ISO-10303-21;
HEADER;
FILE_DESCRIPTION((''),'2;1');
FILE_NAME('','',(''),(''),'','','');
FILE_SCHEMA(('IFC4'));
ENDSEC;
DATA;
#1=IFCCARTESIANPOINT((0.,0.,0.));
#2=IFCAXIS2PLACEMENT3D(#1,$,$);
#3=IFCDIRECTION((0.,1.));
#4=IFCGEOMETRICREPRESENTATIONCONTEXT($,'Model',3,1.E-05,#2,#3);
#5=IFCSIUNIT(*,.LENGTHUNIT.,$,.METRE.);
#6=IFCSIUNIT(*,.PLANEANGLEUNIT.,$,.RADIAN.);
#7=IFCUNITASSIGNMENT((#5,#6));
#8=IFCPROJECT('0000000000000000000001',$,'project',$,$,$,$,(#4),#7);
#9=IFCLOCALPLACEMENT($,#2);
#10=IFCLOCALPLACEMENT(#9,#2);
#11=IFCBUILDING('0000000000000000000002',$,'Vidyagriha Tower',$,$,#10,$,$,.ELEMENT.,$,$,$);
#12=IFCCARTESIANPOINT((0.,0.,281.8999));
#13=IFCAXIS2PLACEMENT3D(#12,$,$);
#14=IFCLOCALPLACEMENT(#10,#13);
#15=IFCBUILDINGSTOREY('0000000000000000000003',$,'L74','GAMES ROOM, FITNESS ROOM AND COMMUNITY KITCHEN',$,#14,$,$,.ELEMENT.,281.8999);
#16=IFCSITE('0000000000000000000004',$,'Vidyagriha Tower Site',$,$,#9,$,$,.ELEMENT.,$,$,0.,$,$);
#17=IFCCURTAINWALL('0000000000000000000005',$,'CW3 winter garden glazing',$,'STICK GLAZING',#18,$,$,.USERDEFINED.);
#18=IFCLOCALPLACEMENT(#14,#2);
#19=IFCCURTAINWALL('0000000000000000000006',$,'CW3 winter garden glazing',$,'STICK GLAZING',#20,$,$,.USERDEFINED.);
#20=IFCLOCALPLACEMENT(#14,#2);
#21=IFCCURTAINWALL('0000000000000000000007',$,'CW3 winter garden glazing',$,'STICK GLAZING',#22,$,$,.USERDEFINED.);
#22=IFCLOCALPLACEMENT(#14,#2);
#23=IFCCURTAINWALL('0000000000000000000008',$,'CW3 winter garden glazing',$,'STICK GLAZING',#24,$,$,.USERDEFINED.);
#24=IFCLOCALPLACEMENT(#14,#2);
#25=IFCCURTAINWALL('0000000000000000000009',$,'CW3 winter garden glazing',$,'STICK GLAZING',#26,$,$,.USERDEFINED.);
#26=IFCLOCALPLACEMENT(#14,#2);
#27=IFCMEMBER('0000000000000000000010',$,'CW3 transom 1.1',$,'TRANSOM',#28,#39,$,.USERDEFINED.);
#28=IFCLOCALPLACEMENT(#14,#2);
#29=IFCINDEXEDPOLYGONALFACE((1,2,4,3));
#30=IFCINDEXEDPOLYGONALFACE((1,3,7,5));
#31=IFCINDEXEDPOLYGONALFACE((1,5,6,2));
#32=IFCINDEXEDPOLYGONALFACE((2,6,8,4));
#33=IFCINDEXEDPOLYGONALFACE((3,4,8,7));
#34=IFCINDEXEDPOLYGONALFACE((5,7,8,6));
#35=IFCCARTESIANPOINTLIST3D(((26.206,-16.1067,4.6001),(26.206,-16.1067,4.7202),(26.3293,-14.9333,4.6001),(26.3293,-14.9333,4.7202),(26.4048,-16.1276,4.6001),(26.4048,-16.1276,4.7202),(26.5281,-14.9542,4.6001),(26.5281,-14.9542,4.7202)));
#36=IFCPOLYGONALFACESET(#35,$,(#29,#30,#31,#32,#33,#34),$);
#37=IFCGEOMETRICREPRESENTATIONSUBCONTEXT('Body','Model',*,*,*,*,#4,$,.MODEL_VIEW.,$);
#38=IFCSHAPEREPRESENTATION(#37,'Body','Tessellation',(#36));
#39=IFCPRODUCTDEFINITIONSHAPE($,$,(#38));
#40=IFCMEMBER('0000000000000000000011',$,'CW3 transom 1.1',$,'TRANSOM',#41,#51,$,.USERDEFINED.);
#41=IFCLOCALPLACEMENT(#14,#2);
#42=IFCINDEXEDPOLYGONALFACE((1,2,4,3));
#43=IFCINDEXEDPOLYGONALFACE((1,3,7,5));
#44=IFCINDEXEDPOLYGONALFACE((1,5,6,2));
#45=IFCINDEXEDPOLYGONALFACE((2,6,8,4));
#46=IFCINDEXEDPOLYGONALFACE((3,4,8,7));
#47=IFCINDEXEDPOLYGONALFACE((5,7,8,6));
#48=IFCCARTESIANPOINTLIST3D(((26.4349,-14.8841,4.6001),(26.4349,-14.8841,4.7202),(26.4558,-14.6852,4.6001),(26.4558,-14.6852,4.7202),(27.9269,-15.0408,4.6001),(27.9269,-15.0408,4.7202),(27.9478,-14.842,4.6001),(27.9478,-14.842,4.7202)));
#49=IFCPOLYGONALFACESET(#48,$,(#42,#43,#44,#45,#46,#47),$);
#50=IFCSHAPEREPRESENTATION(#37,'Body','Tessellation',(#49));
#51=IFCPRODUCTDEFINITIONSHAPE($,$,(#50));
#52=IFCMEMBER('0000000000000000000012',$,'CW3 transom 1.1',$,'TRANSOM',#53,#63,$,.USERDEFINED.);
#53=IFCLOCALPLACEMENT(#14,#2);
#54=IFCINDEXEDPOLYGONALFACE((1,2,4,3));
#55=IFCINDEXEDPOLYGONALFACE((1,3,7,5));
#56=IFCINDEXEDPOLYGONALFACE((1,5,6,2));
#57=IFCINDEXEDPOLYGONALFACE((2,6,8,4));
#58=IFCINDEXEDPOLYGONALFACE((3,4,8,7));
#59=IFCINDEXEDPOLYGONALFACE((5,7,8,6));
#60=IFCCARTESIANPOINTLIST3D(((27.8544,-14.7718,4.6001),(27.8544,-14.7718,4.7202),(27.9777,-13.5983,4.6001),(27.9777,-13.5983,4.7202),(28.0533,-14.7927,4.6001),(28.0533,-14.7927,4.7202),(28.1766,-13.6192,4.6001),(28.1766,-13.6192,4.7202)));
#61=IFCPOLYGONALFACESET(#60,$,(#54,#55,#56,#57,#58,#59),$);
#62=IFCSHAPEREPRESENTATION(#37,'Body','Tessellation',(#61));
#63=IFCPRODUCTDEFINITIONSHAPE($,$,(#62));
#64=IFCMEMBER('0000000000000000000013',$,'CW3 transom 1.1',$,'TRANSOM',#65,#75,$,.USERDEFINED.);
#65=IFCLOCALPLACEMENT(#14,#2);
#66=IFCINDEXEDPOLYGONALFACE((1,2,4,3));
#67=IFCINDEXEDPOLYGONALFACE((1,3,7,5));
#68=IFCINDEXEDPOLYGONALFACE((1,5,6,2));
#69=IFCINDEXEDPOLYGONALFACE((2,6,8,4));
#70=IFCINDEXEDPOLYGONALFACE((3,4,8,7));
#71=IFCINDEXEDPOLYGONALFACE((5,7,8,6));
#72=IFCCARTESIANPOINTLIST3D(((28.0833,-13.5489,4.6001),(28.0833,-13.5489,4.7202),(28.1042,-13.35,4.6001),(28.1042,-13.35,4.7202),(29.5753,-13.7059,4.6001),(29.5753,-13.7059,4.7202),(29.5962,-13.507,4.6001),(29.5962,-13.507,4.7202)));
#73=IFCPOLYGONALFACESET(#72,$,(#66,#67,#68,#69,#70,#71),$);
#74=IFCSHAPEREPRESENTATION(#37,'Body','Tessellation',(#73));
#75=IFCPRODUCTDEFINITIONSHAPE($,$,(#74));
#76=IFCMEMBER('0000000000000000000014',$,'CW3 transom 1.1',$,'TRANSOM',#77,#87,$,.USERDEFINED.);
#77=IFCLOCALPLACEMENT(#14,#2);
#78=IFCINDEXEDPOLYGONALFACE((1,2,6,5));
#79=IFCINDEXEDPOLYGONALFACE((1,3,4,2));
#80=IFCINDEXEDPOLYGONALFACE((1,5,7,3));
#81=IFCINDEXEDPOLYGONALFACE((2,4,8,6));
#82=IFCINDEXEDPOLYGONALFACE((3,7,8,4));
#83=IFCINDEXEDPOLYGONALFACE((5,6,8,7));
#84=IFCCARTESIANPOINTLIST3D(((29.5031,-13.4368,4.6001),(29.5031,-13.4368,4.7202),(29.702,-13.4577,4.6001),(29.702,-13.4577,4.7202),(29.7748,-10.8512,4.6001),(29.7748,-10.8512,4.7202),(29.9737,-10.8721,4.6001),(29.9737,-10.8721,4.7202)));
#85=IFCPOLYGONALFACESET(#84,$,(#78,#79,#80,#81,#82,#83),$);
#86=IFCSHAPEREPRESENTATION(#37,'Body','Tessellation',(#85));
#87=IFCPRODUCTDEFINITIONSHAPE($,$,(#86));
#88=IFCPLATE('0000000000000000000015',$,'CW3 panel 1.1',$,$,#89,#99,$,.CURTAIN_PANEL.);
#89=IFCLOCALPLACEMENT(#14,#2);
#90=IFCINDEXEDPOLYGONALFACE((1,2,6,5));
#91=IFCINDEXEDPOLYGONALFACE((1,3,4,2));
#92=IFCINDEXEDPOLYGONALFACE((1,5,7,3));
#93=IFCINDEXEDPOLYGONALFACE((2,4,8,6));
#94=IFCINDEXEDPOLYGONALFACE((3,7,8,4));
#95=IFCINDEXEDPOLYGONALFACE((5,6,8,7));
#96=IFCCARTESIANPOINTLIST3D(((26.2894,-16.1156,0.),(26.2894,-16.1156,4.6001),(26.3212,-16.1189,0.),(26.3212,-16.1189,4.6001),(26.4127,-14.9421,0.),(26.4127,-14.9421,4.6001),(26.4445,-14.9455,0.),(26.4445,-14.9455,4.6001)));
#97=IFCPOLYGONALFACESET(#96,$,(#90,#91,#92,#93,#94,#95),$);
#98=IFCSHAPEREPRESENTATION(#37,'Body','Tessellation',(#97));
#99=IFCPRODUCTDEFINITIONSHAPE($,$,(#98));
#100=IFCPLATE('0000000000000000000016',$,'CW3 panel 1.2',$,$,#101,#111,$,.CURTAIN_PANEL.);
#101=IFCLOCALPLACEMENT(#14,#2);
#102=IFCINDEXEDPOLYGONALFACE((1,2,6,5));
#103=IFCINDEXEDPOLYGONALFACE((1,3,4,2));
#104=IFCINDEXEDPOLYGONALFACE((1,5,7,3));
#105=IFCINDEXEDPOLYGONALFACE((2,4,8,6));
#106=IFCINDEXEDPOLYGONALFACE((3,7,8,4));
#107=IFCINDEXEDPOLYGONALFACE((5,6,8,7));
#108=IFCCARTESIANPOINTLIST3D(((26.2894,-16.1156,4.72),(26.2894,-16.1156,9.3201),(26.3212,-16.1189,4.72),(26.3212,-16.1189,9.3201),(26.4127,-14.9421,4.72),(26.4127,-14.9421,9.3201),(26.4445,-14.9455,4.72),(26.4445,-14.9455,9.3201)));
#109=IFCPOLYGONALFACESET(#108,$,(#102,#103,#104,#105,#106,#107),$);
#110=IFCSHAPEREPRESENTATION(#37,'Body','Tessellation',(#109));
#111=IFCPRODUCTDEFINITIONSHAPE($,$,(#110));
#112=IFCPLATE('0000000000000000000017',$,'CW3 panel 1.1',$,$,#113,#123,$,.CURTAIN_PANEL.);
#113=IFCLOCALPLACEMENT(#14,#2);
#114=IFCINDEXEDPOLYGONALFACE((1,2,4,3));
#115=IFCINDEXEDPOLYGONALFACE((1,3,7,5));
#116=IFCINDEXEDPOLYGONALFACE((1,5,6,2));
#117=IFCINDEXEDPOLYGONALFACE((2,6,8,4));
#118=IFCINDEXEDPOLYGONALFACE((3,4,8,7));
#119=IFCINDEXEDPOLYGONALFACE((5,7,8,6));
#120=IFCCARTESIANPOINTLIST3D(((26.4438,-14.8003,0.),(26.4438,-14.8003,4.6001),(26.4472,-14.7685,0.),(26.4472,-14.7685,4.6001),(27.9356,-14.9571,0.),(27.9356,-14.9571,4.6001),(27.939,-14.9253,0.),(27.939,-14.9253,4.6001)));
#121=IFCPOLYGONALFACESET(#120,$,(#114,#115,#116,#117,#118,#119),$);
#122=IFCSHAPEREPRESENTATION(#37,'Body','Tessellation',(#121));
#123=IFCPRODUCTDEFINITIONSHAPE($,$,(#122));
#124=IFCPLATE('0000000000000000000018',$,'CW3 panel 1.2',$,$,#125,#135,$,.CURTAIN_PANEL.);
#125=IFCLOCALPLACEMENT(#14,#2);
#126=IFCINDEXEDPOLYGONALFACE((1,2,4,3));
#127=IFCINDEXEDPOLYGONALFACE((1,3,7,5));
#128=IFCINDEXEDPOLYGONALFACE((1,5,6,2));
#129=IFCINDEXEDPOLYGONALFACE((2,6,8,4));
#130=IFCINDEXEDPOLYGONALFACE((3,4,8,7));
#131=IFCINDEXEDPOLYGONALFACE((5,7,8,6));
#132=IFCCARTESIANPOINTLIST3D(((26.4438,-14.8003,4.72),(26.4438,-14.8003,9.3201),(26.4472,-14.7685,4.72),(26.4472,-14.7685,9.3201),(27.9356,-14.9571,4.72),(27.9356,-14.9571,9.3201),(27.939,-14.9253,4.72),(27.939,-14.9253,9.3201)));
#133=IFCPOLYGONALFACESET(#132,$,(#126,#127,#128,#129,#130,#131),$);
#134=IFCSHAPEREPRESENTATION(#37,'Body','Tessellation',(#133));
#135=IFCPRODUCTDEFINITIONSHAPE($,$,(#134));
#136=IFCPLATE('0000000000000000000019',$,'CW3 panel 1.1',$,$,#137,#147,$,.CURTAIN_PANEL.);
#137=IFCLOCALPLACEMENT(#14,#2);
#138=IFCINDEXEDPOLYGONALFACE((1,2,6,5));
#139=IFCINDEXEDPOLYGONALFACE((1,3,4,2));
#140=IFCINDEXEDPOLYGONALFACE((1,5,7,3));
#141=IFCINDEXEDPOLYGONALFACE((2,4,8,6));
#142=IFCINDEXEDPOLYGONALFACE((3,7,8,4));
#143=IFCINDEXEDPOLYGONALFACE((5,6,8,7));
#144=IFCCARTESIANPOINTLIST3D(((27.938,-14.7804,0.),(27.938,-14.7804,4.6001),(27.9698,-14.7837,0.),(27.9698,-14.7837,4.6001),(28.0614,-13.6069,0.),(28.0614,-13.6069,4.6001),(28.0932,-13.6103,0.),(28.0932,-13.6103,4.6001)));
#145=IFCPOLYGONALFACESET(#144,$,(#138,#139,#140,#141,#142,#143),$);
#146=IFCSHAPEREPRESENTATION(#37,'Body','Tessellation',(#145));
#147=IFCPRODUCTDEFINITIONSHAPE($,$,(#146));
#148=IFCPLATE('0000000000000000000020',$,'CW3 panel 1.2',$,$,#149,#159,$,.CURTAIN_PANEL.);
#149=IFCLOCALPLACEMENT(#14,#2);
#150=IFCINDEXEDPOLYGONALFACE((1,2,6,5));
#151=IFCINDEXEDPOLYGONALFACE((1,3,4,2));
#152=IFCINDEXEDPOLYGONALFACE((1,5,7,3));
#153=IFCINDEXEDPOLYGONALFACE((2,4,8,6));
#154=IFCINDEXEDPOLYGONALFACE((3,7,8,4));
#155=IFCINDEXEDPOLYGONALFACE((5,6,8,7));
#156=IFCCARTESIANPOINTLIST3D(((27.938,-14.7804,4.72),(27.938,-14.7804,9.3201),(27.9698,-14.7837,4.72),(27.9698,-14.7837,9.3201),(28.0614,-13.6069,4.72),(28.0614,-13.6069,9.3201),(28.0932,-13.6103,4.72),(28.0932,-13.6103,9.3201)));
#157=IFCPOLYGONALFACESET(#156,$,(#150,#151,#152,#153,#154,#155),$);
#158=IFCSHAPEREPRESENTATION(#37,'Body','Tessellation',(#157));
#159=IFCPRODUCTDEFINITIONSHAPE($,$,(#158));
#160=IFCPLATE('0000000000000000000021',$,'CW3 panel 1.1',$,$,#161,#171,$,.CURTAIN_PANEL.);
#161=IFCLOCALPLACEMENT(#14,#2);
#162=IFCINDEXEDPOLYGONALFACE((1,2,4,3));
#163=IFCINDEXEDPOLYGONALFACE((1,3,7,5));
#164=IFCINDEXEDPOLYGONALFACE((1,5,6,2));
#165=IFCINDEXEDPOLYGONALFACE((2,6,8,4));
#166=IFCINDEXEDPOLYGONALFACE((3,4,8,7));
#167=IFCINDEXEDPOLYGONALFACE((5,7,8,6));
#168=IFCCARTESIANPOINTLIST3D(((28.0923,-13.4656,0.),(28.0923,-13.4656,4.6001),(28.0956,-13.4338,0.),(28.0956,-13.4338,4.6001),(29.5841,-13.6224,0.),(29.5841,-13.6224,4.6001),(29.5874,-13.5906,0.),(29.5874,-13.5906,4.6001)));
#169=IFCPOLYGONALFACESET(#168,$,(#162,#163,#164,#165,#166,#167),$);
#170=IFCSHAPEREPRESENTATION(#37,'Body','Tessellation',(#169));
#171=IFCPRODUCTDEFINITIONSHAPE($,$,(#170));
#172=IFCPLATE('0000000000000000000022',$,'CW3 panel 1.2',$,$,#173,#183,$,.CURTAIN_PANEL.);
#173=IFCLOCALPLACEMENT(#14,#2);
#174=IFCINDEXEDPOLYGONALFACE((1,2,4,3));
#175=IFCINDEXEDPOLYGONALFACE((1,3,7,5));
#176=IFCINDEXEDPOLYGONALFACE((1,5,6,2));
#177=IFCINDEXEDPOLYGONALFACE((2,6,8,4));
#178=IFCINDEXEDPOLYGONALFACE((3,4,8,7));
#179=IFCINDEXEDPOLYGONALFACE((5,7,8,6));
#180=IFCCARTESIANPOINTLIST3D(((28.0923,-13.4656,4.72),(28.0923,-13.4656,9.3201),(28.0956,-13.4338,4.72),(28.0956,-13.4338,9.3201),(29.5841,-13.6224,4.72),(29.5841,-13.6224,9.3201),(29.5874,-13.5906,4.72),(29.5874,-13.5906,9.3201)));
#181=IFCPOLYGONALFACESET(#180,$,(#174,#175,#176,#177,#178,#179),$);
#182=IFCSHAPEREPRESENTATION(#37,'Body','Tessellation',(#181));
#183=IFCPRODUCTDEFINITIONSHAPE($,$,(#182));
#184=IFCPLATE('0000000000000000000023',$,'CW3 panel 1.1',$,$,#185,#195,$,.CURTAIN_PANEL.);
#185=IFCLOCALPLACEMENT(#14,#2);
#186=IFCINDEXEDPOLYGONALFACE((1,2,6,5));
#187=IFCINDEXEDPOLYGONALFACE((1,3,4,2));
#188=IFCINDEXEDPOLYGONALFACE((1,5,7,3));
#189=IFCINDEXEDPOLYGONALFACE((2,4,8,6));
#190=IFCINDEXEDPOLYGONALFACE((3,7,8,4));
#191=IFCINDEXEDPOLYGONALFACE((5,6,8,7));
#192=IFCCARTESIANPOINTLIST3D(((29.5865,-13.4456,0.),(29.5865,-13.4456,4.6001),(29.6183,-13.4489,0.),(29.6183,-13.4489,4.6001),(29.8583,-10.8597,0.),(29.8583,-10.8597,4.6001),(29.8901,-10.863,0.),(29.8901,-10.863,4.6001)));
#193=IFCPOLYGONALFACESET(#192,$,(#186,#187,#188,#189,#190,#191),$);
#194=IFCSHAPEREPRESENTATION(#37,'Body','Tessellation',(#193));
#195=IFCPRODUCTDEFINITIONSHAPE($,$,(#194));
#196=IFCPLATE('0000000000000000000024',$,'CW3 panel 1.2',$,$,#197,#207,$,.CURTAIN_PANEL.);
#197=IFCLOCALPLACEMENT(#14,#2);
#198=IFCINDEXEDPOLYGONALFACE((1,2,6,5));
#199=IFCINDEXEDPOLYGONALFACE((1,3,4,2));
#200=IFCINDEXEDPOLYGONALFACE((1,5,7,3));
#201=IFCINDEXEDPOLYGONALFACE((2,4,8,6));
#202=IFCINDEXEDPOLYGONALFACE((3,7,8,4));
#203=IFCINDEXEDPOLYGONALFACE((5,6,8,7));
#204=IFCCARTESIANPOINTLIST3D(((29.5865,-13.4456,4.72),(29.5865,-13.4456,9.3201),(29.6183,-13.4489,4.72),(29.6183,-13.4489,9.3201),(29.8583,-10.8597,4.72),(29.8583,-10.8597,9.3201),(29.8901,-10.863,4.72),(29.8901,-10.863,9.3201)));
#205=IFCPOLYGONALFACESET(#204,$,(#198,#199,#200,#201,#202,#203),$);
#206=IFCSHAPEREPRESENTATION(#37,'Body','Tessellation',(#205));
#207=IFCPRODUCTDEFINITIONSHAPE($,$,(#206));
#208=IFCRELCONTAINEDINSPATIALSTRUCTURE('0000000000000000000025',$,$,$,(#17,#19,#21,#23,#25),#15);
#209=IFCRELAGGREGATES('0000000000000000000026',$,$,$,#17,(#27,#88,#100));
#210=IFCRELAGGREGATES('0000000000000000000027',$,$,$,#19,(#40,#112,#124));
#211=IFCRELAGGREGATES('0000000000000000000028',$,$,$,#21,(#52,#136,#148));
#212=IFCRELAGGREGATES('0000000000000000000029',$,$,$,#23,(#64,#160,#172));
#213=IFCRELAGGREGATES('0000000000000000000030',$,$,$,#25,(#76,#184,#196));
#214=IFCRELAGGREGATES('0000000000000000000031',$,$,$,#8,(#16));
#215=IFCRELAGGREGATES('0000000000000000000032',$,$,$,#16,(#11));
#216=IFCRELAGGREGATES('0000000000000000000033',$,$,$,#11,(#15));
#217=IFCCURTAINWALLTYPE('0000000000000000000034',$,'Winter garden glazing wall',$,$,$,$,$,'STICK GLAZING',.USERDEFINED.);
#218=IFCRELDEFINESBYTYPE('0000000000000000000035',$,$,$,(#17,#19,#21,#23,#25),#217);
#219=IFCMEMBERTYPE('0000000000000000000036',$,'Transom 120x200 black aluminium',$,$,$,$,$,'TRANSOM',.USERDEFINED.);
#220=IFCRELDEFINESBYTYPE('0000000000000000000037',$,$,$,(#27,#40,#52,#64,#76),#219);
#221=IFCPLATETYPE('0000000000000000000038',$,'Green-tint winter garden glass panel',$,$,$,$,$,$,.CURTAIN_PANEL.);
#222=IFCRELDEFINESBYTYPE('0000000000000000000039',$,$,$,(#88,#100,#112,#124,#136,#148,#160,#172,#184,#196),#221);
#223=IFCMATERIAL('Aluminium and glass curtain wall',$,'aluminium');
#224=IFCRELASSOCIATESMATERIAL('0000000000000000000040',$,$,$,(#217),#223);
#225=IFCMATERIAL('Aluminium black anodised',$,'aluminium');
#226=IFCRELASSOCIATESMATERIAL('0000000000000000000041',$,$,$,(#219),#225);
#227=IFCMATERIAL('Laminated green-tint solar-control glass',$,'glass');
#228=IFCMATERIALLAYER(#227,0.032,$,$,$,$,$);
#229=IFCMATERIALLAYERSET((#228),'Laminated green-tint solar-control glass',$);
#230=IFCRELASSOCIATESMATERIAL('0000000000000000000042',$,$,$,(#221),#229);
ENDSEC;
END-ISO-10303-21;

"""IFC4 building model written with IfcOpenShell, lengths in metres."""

from ifc_helpers import new_model, si_unit, direction, frame, origin, origin_2d, place, context, subcontext, project, spatial, rectangle, extrude, material, layer, layer_set, material_profile, profile_set, type_object, element, aggregate, save


model = new_model("IFC4")

# Units and contexts
model_context = context("Model", 3, precision=1e-05, world=origin(), true_north=direction((0.0, 1.0)))
body_context = subcontext(model_context, "Body", "Model", "MODEL_VIEW")
ifc_project = project(units=[si_unit("LENGTHUNIT", "METRE"), si_unit("PLANEANGLEUNIT", "RADIAN")], contexts=[model_context])

# Site, building, storey
site_placement = place(None, origin())
site = spatial("IfcSite", under=ifc_project, at=site_placement, Name="Vidyagriha Tower Site", CompositionType="ELEMENT", RefElevation=0.0)
building_placement = place(site_placement, origin())
building = spatial("IfcBuilding", under=site, at=building_placement, Name="Vidyagriha Tower", CompositionType="ELEMENT")
storey_placement = place(building_placement, frame((0.0, 0.0, 281.8999)))
storey = spatial("IfcBuildingStorey", under=building, at=storey_placement, Name="L74", Description="GAMES ROOM, FITNESS ROOM AND COMMUNITY KITCHEN", CompositionType="ELEMENT", Elevation=281.8999)

# Curtain wall
ifc_material_1 = material(Name="Aluminium and glass curtain wall", Category="aluminium")
curtain_wall_type = type_object("IfcCurtainWallType", Name="Winter garden glazing wall", ElementType="STICK GLAZING", PredefinedType="USERDEFINED", material=ifc_material_1)
curtain_wall_1_placement = place(storey_placement, origin())
curtain_wall_1 = element("IfcCurtainWall", 1, at=curtain_wall_1_placement, inside=storey, type_object=curtain_wall_type, Name="CW3 winter garden glazing", ObjectType="STICK GLAZING", PredefinedType="USERDEFINED")

# Curtain walls
curtain_wall_2_placement = place(storey_placement, origin())
curtain_wall_2 = element("IfcCurtainWall", 2, at=curtain_wall_2_placement, inside=storey, type_object=curtain_wall_type, Name="CW3 winter garden glazing", ObjectType="STICK GLAZING", PredefinedType="USERDEFINED")
curtain_wall_3_placement = place(storey_placement, origin())
curtain_wall_3 = element("IfcCurtainWall", 3, at=curtain_wall_3_placement, inside=storey, type_object=curtain_wall_type, Name="CW3 winter garden glazing", ObjectType="STICK GLAZING", PredefinedType="USERDEFINED")
curtain_wall_4_placement = place(storey_placement, origin())
curtain_wall_4 = element("IfcCurtainWall", 4, at=curtain_wall_4_placement, inside=storey, type_object=curtain_wall_type, Name="CW3 winter garden glazing", ObjectType="STICK GLAZING", PredefinedType="USERDEFINED")
curtain_wall_5_placement = place(storey_placement, origin())
curtain_wall_5 = element("IfcCurtainWall", 5, at=curtain_wall_5_placement, inside=storey, type_object=curtain_wall_type, Name="CW3 winter garden glazing", ObjectType="STICK GLAZING", PredefinedType="USERDEFINED")

# Members
ifc_material_2 = material(Name="Aluminium black anodised", Category="aluminium")
ifc_material_profile_1 = material_profile(ifc_material_2, rectangle(XDim=0.2, YDim=0.1201, at=origin_2d()), Name="Transom 120x200 black aluminium")
ifc_profile_set_1 = profile_set([ifc_material_profile_1], Name="Aluminium black anodised")
member_type_1 = type_object("IfcMemberType", Name="Transom 120x200 black aluminium", ElementType="TRANSOM", PredefinedType="USERDEFINED", material=ifc_profile_set_1)
member_1_placement = place(storey_placement, frame((26.3054, -16.1172, 4.6602), z_axis=(0.10448, 0.994527, 0.0), x_axis=(-0.994527, 0.10448, 0.0)))
member_1 = element("IfcMember", 6, at=member_1_placement, type_object=member_type_1, Name="CW3 transom 1.1", ObjectType="TRANSOM", PredefinedType="USERDEFINED", context=body_context, shape_type="SweptSolid", body=[
    extrude(rectangle(XDim=0.2, YDim=0.1201, at=origin_2d()), origin(), (0.0, 0.0, 1.0), 1.1799),
])
member_2_placement = place(storey_placement, frame((26.4453, -14.7847, 4.6602), z_axis=(0.994527, -0.104481, 0.0), x_axis=(0.104481, 0.994527, 0.0)))
member_2 = element("IfcMember", 7, at=member_2_placement, type_object=member_type_1, Name="CW3 transom 1.1", ObjectType="TRANSOM", PredefinedType="USERDEFINED", context=body_context, shape_type="SweptSolid", body=[
    extrude(rectangle(XDim=0.2, YDim=0.1201, at=origin_2d()), origin(), (0.0, 0.0, 1.0), 1.5002),
])
member_3_placement = place(storey_placement, frame((27.9539, -14.7822, 4.6602), z_axis=(0.10448, 0.994527, 0.0), x_axis=(-0.994527, 0.10448, 0.0)))
member_3 = element("IfcMember", 8, at=member_3_placement, type_object=member_type_1, Name="CW3 transom 1.1", ObjectType="TRANSOM", PredefinedType="USERDEFINED", context=body_context, shape_type="SweptSolid", body=[
    extrude(rectangle(XDim=0.2, YDim=0.1201, at=origin_2d()), origin(), (0.0, 0.0, 1.0), 1.1799),
])
member_4_placement = place(storey_placement, frame((28.0938, -13.4495, 4.6602), z_axis=(0.99451, -0.104642, 0.0), x_axis=(0.104642, 0.99451, 0.0)))
member_4 = element("IfcMember", 9, at=member_4_placement, type_object=member_type_1, Name="CW3 transom 1.1", ObjectType="TRANSOM", PredefinedType="USERDEFINED", context=body_context, shape_type="SweptSolid", body=[
    extrude(rectangle(XDim=0.2, YDim=0.1201, at=origin_2d()), origin(), (0.0, 0.0, 1.0), 1.5002),
])
member_5_placement = place(storey_placement, frame((29.6025, -13.4473, 4.6602), z_axis=(0.104514, 0.994523, 0.0), x_axis=(-0.994523, 0.104514, 0.0)))
member_5 = element("IfcMember", 10, at=member_5_placement, type_object=member_type_1, Name="CW3 transom 1.1", ObjectType="TRANSOM", PredefinedType="USERDEFINED", context=body_context, shape_type="SweptSolid", body=[
    extrude(rectangle(XDim=0.2, YDim=0.1201, at=origin_2d()), origin(), (0.0, 0.0, 1.0), 2.5999),
])

# Plates
ifc_material_3 = material(Name="Laminated green-tint solar-control glass", Category="glass")
ifc_layer_1 = layer(ifc_material_3, 0.032)
ifc_layer_set_1 = layer_set([ifc_layer_1], Name="Laminated green-tint solar-control glass")
plate_type = type_object("IfcPlateType", Name="Green-tint winter garden glass panel", PredefinedType="CURTAIN_PANEL", material=ifc_layer_set_1)
plate_1_placement = place(storey_placement, frame((26.3669, -15.5305, 0.0), z_axis=(0.0, 0.0, 1.0), x_axis=(0.104549, 0.99452, 0.0)))
plate_1 = element("IfcPlate", 11, at=plate_1_placement, type_object=plate_type, Name="CW3 panel 1.1", PredefinedType="CURTAIN_PANEL", context=body_context, shape_type="SweptSolid", body=[
    extrude(rectangle(XDim=1.1799, YDim=0.032, at=origin_2d()), origin(), (0.0, 0.0, 1.0), 4.6001),
])
plate_2_placement = place(storey_placement, frame((26.3669, -15.5305, 4.72), z_axis=(0.0, 0.0, 1.0), x_axis=(0.104549, 0.99452, 0.0)))
plate_2 = element("IfcPlate", 12, at=plate_2_placement, type_object=plate_type, Name="CW3 panel 1.2", PredefinedType="CURTAIN_PANEL", context=body_context, shape_type="SweptSolid", body=[
    extrude(rectangle(XDim=1.1799, YDim=0.032, at=origin_2d()), origin(), (0.0, 0.0, 1.0), 4.6001),
])
aggregate(curtain_wall_1, [member_1, plate_1, plate_2])
plate_3_placement = place(storey_placement, frame((27.1914, -14.8628, 0.0), z_axis=(0.0, 0.0, 1.0), x_axis=(0.994523, -0.104519, 0.0)))
plate_3 = element("IfcPlate", 13, at=plate_3_placement, type_object=plate_type, Name="CW3 panel 1.1", PredefinedType="CURTAIN_PANEL", context=body_context, shape_type="SweptSolid", body=[
    extrude(rectangle(XDim=1.5, YDim=0.032, at=origin_2d()), origin(), (0.0, 0.0, 1.0), 4.6001),
])
plate_4_placement = place(storey_placement, frame((27.1914, -14.8628, 4.72), z_axis=(0.0, 0.0, 1.0), x_axis=(0.994523, -0.104519, 0.0)))
plate_4 = element("IfcPlate", 14, at=plate_4_placement, type_object=plate_type, Name="CW3 panel 1.2", PredefinedType="CURTAIN_PANEL", context=body_context, shape_type="SweptSolid", body=[
    extrude(rectangle(XDim=1.5, YDim=0.032, at=origin_2d()), origin(), (0.0, 0.0, 1.0), 4.6001),
])
aggregate(curtain_wall_2, [member_2, plate_3, plate_4])
plate_5_placement = place(storey_placement, frame((28.0156, -14.1953, 0.0), z_axis=(0.0, 0.0, 1.0), x_axis=(0.104549, 0.99452, 0.0)))
plate_5 = element("IfcPlate", 15, at=plate_5_placement, type_object=plate_type, Name="CW3 panel 1.1", PredefinedType="CURTAIN_PANEL", context=body_context, shape_type="SweptSolid", body=[
    extrude(rectangle(XDim=1.1799, YDim=0.032, at=origin_2d()), origin(), (0.0, 0.0, 1.0), 4.6001),
])
plate_6_placement = place(storey_placement, frame((28.0156, -14.1953, 4.72), z_axis=(0.0, 0.0, 1.0), x_axis=(0.104549, 0.99452, 0.0)))
plate_6 = element("IfcPlate", 16, at=plate_6_placement, type_object=plate_type, Name="CW3 panel 1.2", PredefinedType="CURTAIN_PANEL", context=body_context, shape_type="SweptSolid", body=[
    extrude(rectangle(XDim=1.1799, YDim=0.032, at=origin_2d()), origin(), (0.0, 0.0, 1.0), 4.6001),
])
aggregate(curtain_wall_3, [member_3, plate_5, plate_6])
plate_7_placement = place(storey_placement, frame((28.8398, -13.5281, 0.0), z_axis=(0.0, 0.0, 1.0), x_axis=(0.994524, -0.104512, 0.0)))
plate_7 = element("IfcPlate", 17, at=plate_7_placement, type_object=plate_type, Name="CW3 panel 1.1", PredefinedType="CURTAIN_PANEL", context=body_context, shape_type="SweptSolid", body=[
    extrude(rectangle(XDim=1.5, YDim=0.032, at=origin_2d()), origin(), (0.0, 0.0, 1.0), 4.6001),
])
plate_8_placement = place(storey_placement, frame((28.8398, -13.5281, 4.72), z_axis=(0.0, 0.0, 1.0), x_axis=(0.994524, -0.104512, 0.0)))
plate_8 = element("IfcPlate", 18, at=plate_8_placement, type_object=plate_type, Name="CW3 panel 1.2", PredefinedType="CURTAIN_PANEL", context=body_context, shape_type="SweptSolid", body=[
    extrude(rectangle(XDim=1.5, YDim=0.032, at=origin_2d()), origin(), (0.0, 0.0, 1.0), 4.6001),
])
aggregate(curtain_wall_4, [member_4, plate_7, plate_8])
plate_9_placement = place(storey_placement, frame((29.7383, -12.1543, 0.0), z_axis=(0.0, 0.0, 1.0), x_axis=(0.104527, 0.994522, 0.0)))
plate_9 = element("IfcPlate", 19, at=plate_9_placement, type_object=plate_type, Name="CW3 panel 1.1", PredefinedType="CURTAIN_PANEL", context=body_context, shape_type="SweptSolid", body=[
    extrude(rectangle(XDim=2.6001, YDim=0.032, at=origin_2d()), origin(), (0.0, 0.0, 1.0), 4.6001),
])
plate_10_placement = place(storey_placement, frame((29.7383, -12.1543, 4.72), z_axis=(0.0, 0.0, 1.0), x_axis=(0.104527, 0.994522, 0.0)))
plate_10 = element("IfcPlate", 20, at=plate_10_placement, type_object=plate_type, Name="CW3 panel 1.2", PredefinedType="CURTAIN_PANEL", context=body_context, shape_type="SweptSolid", body=[
    extrude(rectangle(XDim=2.6001, YDim=0.032, at=origin_2d()), origin(), (0.0, 0.0, 1.0), 4.6001),
])
aggregate(curtain_wall_5, [member_5, plate_9, plate_10])

save(model, "model.ifc")
